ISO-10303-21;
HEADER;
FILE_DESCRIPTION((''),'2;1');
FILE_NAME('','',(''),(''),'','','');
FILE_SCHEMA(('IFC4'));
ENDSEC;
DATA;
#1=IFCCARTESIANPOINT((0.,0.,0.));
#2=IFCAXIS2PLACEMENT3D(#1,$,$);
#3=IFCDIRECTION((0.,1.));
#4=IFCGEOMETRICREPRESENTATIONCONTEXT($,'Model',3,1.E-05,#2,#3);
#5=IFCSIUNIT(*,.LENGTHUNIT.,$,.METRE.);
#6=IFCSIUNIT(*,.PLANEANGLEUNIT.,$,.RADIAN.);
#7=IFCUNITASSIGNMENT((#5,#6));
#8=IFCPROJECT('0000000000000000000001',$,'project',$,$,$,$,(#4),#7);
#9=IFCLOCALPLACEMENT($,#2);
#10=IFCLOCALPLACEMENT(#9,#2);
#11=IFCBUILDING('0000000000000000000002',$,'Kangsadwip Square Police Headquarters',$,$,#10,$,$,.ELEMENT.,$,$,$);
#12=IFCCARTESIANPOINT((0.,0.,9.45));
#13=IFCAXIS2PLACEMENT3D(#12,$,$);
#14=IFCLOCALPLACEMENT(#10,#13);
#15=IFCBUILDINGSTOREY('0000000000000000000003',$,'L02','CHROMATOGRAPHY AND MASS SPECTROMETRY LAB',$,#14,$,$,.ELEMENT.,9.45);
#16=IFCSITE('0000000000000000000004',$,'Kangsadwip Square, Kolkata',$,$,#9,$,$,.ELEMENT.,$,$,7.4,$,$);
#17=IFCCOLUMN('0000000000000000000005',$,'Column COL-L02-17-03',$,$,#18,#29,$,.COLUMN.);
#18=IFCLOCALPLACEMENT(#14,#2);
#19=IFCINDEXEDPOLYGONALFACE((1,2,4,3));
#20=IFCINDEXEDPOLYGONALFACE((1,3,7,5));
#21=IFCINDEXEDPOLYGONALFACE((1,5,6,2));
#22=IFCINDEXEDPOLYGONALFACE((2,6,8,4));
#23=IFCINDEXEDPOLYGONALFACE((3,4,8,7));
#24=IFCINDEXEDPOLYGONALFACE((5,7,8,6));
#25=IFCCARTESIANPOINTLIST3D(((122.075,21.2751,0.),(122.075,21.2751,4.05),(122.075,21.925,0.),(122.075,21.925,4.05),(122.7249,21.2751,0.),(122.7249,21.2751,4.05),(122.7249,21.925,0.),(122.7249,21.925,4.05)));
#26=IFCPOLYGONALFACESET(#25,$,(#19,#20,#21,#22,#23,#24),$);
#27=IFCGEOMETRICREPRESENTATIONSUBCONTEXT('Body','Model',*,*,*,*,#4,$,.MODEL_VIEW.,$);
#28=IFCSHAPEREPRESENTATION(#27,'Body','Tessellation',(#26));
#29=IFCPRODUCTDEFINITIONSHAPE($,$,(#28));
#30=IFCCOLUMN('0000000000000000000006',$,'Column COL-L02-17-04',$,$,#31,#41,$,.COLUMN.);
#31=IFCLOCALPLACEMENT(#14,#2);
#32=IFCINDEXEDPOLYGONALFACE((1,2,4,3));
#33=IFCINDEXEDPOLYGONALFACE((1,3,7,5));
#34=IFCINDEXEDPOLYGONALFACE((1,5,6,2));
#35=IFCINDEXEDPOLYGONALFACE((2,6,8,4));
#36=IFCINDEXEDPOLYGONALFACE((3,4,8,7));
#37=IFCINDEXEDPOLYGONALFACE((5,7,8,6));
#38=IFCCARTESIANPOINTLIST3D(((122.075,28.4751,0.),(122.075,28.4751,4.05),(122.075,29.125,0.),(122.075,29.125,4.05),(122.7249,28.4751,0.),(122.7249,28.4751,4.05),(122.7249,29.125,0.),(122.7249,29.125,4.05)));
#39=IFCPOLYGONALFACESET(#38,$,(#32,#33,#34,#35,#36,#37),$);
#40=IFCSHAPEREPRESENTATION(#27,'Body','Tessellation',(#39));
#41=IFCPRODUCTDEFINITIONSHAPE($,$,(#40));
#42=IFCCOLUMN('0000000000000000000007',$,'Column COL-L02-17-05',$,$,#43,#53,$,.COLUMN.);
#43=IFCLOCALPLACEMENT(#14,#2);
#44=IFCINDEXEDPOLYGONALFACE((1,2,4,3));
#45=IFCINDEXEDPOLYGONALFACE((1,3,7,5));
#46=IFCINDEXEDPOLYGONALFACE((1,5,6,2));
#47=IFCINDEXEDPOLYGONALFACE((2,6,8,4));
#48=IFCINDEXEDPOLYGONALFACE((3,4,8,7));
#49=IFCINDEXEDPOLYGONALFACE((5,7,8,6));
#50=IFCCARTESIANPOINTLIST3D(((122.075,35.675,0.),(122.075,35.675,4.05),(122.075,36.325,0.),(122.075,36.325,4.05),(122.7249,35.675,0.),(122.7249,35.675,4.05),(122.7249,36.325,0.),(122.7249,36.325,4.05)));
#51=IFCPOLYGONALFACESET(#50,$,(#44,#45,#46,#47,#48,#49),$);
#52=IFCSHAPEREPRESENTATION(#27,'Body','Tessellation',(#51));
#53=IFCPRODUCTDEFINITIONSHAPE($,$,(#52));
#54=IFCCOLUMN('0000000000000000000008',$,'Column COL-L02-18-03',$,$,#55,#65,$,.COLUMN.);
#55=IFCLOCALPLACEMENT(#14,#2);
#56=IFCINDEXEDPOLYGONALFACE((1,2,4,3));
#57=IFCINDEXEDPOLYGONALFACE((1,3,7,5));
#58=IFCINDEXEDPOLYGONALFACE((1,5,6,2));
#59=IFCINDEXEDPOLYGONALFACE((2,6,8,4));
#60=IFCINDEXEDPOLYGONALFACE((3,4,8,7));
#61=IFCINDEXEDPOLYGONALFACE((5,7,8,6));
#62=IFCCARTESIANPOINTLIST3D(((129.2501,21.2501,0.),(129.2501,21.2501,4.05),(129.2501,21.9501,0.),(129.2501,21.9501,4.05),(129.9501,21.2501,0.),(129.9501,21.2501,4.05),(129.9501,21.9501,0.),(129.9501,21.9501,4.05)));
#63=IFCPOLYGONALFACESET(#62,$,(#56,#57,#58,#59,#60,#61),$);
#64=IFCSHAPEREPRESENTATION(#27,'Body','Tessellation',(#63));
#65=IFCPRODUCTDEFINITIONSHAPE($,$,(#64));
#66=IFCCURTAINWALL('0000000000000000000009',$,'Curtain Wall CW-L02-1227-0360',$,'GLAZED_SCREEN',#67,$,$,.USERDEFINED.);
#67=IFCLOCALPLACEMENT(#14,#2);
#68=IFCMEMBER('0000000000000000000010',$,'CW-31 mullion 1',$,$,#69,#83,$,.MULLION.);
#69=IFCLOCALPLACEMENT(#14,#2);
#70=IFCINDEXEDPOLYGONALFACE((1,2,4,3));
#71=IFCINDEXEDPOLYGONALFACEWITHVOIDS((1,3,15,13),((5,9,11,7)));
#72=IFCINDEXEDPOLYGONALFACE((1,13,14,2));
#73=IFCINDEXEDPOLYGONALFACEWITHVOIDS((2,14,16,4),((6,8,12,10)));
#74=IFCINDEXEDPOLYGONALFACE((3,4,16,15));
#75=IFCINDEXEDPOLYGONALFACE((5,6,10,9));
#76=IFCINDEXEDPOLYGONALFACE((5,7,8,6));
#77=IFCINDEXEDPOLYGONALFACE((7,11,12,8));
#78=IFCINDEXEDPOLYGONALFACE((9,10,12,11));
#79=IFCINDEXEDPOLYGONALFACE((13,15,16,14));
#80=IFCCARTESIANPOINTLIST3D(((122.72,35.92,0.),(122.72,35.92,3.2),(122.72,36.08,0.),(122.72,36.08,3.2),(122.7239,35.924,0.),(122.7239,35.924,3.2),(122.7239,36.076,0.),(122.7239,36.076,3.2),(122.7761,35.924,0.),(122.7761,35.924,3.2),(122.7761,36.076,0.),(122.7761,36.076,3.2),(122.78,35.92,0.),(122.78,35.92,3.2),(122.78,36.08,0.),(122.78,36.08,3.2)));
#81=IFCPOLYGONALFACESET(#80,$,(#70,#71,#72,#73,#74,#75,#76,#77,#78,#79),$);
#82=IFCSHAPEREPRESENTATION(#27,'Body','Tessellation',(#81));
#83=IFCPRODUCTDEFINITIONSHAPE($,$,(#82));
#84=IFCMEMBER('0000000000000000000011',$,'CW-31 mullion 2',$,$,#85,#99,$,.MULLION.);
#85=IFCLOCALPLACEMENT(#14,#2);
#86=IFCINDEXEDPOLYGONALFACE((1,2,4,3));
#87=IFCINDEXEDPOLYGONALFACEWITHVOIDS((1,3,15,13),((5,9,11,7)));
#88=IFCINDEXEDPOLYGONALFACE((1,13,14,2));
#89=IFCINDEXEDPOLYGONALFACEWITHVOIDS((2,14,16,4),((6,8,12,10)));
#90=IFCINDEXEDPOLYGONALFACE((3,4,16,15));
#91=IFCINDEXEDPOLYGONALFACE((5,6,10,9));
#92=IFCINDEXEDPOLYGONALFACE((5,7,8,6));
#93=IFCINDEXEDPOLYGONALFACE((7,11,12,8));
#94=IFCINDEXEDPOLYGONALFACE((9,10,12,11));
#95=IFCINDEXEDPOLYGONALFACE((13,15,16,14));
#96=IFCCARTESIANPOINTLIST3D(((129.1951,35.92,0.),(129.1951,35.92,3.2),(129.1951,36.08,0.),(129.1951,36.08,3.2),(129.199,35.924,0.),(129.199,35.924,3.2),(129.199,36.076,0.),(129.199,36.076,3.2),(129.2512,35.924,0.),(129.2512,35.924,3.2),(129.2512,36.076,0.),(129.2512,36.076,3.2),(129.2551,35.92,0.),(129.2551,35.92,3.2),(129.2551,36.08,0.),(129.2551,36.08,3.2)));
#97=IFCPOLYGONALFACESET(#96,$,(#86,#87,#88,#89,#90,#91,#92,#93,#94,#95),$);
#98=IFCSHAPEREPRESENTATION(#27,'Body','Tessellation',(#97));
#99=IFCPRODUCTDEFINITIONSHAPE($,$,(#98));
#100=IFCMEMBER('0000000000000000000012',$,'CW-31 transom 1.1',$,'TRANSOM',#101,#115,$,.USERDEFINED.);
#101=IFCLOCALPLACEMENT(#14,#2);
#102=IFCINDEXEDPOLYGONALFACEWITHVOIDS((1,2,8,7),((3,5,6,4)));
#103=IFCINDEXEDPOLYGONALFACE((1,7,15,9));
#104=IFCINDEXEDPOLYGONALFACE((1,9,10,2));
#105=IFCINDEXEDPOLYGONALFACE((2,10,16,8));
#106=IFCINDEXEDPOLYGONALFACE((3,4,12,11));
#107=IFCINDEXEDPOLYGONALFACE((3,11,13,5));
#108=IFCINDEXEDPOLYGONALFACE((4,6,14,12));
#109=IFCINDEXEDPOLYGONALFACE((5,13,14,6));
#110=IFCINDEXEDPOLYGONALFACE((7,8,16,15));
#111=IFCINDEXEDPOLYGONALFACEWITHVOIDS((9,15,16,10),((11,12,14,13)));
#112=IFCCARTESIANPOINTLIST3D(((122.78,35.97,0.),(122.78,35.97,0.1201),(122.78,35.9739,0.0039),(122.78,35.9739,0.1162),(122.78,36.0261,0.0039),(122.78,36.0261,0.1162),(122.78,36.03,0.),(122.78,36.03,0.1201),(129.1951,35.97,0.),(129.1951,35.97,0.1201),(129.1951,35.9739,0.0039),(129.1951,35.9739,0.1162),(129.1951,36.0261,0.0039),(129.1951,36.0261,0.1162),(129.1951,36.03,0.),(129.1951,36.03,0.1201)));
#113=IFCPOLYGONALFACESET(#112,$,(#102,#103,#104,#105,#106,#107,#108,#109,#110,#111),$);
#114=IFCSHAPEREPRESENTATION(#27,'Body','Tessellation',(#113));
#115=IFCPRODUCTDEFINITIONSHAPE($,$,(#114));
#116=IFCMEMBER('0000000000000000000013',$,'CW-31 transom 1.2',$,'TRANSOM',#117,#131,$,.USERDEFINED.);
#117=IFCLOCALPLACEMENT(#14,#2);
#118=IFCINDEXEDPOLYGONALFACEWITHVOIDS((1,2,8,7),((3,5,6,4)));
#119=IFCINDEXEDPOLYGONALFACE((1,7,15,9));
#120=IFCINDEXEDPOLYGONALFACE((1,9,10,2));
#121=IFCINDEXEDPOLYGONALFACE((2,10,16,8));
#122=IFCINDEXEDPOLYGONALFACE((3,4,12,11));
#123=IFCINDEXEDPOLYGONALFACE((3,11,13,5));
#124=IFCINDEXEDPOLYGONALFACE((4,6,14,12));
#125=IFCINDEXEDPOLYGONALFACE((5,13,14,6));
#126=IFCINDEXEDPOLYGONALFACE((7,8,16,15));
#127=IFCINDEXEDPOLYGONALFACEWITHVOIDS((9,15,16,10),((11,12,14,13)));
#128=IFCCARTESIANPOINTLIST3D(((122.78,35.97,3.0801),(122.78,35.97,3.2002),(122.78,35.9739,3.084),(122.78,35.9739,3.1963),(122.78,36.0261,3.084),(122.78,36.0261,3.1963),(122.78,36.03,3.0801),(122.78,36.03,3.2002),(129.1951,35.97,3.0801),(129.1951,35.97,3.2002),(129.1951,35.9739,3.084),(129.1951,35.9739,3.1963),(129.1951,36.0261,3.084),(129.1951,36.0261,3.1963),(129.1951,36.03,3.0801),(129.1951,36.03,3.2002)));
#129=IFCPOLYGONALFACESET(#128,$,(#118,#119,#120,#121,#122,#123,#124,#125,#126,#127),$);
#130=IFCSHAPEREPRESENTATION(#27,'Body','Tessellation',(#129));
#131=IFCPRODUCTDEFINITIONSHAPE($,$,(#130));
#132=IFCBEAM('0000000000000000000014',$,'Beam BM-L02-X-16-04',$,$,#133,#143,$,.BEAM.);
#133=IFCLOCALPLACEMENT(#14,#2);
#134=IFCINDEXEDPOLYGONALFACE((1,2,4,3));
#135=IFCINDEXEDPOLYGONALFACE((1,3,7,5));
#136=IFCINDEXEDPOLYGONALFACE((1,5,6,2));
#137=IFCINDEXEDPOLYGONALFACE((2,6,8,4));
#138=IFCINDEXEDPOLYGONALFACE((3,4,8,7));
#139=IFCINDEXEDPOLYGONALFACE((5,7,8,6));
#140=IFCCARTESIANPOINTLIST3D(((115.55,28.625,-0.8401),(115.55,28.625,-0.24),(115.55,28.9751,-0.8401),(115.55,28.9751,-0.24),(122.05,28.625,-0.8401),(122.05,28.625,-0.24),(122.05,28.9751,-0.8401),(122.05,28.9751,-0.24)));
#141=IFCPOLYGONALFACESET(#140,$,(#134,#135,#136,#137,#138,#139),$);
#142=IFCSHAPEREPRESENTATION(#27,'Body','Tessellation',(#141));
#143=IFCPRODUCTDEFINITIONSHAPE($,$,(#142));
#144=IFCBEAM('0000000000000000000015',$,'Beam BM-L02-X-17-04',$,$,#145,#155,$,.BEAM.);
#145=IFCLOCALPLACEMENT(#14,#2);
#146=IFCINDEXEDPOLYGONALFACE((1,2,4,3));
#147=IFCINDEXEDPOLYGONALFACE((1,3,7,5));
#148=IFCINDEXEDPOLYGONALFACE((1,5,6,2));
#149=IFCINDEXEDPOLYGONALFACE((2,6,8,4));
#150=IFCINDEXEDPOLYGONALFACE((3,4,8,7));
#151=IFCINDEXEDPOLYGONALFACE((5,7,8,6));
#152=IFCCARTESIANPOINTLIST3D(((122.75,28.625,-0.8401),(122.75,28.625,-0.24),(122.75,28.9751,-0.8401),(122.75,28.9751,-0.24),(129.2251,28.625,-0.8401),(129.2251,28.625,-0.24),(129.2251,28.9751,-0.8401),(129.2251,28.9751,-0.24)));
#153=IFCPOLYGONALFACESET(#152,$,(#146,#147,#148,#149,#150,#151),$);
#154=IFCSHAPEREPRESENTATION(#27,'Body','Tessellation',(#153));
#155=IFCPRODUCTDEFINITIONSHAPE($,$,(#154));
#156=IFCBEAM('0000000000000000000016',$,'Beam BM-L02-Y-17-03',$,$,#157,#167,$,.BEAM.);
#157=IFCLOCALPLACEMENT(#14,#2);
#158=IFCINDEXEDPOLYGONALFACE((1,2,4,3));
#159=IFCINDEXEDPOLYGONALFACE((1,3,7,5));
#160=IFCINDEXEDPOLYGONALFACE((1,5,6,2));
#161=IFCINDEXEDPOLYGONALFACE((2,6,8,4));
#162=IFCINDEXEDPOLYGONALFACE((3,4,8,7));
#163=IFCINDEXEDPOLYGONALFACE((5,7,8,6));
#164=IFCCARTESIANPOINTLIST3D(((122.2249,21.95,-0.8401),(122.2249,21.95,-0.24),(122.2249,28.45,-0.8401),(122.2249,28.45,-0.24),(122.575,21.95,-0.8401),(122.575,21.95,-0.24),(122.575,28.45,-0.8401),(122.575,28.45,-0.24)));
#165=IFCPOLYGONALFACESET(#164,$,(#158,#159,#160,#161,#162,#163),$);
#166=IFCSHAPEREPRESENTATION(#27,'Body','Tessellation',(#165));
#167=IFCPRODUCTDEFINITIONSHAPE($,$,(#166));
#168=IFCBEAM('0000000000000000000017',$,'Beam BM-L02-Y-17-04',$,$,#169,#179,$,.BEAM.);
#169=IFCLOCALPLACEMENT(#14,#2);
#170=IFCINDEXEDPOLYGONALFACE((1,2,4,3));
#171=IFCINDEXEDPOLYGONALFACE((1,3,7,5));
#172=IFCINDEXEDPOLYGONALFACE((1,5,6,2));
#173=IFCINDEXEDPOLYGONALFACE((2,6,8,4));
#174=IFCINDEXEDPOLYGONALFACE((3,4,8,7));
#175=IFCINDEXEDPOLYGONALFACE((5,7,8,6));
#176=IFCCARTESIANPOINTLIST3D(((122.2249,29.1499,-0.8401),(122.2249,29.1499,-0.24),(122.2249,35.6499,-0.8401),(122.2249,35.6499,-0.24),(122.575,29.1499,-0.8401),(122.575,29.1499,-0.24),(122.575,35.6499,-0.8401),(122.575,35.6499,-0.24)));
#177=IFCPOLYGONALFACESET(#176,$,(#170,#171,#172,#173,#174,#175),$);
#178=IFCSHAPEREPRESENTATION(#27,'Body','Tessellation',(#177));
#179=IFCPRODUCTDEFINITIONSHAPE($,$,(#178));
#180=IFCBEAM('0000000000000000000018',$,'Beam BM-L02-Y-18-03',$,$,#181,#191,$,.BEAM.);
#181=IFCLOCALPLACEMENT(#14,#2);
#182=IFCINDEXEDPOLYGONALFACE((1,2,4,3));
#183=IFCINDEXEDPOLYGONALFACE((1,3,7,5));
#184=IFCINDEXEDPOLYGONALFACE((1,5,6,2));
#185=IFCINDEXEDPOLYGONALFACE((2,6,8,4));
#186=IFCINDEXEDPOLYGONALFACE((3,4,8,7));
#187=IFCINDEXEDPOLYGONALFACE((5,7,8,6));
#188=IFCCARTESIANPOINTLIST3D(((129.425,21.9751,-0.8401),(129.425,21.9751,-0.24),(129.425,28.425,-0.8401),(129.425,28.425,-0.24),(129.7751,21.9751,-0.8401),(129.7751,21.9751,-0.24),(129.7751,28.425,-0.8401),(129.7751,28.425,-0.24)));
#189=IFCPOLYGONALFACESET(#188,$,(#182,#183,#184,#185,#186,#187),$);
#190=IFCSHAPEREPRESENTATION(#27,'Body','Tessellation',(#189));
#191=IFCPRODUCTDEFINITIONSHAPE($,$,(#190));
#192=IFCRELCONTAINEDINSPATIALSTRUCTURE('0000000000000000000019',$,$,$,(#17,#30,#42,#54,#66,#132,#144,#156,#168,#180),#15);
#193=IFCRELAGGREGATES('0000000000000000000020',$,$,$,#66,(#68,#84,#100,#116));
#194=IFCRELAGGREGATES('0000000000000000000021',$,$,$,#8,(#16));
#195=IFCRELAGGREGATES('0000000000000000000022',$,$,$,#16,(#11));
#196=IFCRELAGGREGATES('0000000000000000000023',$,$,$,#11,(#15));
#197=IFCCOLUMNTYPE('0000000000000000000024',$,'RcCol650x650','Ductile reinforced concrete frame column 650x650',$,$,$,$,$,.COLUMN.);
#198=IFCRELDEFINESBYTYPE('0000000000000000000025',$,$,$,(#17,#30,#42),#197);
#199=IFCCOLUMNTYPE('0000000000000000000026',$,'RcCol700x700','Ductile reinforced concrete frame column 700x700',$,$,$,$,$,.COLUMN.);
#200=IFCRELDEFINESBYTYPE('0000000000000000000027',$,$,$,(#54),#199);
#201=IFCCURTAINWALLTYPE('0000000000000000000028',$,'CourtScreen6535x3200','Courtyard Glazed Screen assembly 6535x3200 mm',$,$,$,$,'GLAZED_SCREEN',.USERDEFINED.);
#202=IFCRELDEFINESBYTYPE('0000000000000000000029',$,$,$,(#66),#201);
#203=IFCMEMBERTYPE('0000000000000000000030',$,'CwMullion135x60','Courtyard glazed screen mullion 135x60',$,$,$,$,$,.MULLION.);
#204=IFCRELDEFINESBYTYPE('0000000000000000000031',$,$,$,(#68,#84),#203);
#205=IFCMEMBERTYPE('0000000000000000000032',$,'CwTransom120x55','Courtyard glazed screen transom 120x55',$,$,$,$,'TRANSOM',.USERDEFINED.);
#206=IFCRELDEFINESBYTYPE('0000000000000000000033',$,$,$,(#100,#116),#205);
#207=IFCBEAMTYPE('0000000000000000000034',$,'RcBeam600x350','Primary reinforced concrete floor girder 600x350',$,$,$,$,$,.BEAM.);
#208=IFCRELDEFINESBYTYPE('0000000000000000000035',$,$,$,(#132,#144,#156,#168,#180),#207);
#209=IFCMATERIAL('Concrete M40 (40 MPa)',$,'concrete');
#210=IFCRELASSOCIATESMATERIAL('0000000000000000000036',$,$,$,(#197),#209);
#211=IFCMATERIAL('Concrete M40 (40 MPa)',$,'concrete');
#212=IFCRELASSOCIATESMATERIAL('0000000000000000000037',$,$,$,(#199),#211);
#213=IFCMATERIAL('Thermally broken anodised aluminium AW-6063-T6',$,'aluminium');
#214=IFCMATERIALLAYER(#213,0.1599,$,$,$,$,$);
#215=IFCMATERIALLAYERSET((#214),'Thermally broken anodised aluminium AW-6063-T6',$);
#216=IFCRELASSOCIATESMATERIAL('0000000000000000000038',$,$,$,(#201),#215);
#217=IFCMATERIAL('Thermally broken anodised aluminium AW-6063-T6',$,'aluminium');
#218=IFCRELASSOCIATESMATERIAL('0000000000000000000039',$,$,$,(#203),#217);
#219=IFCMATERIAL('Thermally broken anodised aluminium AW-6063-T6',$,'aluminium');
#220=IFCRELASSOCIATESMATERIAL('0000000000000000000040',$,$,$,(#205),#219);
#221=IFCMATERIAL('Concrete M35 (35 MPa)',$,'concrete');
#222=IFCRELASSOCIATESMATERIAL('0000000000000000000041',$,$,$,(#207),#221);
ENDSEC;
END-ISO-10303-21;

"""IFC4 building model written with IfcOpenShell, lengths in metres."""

from ifc_helpers import new_model, si_unit, direction, frame, origin, origin_2d, place, context, subcontext, project, spatial, rectangle, hollow_rectangle, extrude, material, layer, layer_set, material_profile, profile_set, type_object, element, aggregate, save


model = new_model("IFC4")

# Units and contexts
model_context = context("Model", 3, precision=1e-05, world=origin(), true_north=direction((0.0, 1.0)))
body_context = subcontext(model_context, "Body", "Model", "MODEL_VIEW")
ifc_project = project(units=[si_unit("LENGTHUNIT", "METRE"), si_unit("PLANEANGLEUNIT", "RADIAN")], contexts=[model_context])

# Site, building, storey
site_placement = place(None, origin())
site = spatial("IfcSite", under=ifc_project, at=site_placement, Name="Kangsadwip Square, Kolkata", CompositionType="ELEMENT", RefElevation=7.4)
building_placement = place(site_placement, origin())
building = spatial("IfcBuilding", under=site, at=building_placement, Name="Kangsadwip Square Police Headquarters", CompositionType="ELEMENT")
storey_placement = place(building_placement, frame((0.0, 0.0, 9.45)))
storey = spatial("IfcBuildingStorey", under=building, at=storey_placement, Name="L02", Description="CHROMATOGRAPHY AND MASS SPECTROMETRY LAB", CompositionType="ELEMENT", Elevation=9.45)

# Columns
ifc_material_1 = material(Name="Concrete M40 (40 MPa)", Category="concrete")
ifc_material_profile_1 = material_profile(ifc_material_1, rectangle(XDim=0.6499, YDim=0.6499, at=origin_2d()), Name="RC COL 650X650")
ifc_profile_set_1 = profile_set([ifc_material_profile_1], Name="Concrete M40 (40 MPa)")
column_type_1 = type_object("IfcColumnType", Name="RcCol650x650", Description="Ductile reinforced concrete frame column 650x650", PredefinedType="COLUMN", material=ifc_profile_set_1)
for number, where, z_axis, x_axis, name in (
    (1, (122.3999, 21.6001, 0.0), (0.0, 0.0, 1.0), (1.0, 0.0, 0.0), "Column COL-L02-17-03"),
    (2, (122.3999, 28.8, 0.0), (0.0, 0.0, 1.0), (1.0, 0.0, 0.0), "Column COL-L02-17-04"),
    (3, (122.3999, 36.0, 0.0), (0.0, 0.0, 1.0), (1.0, 0.0, 0.0), "Column COL-L02-17-05"),
):
    element("IfcColumn", number, at=place(storey_placement, frame(where, z_axis=z_axis, x_axis=x_axis)), inside=storey, type_object=column_type_1, Name=name, PredefinedType="COLUMN", context=body_context, shape_type="SweptSolid", body=[
        extrude(rectangle(XDim=0.6499, YDim=0.6499, at=origin_2d()), origin(), (0.0, 0.0, 1.0), 4.05),
    ])
ifc_material_2 = material(Name="Concrete M40 (40 MPa)", Category="concrete")
ifc_material_profile_2 = material_profile(ifc_material_2, rectangle(XDim=0.7, YDim=0.7, at=origin_2d()), Name="RC COL 700X700")
ifc_profile_set_2 = profile_set([ifc_material_profile_2], Name="Concrete M40 (40 MPa)")
column_type_2 = type_object("IfcColumnType", Name="RcCol700x700", Description="Ductile reinforced concrete frame column 700x700", PredefinedType="COLUMN", material=ifc_profile_set_2)
column_placement = place(storey_placement, frame((129.6001, 21.6001, 0.0), z_axis=(0.0, 0.0, 1.0), x_axis=(1.0, 0.0, 0.0)))
element("IfcColumn", 4, at=column_placement, inside=storey, type_object=column_type_2, Name="Column COL-L02-18-03", PredefinedType="COLUMN", context=body_context, shape_type="SweptSolid", body=[
    extrude(rectangle(XDim=0.7, YDim=0.7, at=origin_2d()), origin(), (0.0, 0.0, 1.0), 4.05),
])

# Curtain wall, members
ifc_material_3 = material(Name="Thermally broken anodised aluminium AW-6063-T6", Category="aluminium")
ifc_layer_1 = layer(ifc_material_3, 0.1599)
ifc_layer_set_1 = layer_set([ifc_layer_1], Name="Thermally broken anodised aluminium AW-6063-T6")
curtain_wall_type = type_object("IfcCurtainWallType", Name="CourtScreen6535x3200", Description="Courtyard Glazed Screen assembly 6535x3200 mm", ElementType="GLAZED_SCREEN", PredefinedType="USERDEFINED", material=ifc_layer_set_1)
curtain_wall_placement = place(storey_placement, origin())
curtain_wall = element("IfcCurtainWall", 5, at=curtain_wall_placement, inside=storey, type_object=curtain_wall_type, Name="Curtain Wall CW-L02-1227-0360", ObjectType="GLAZED_SCREEN", PredefinedType="USERDEFINED")
ifc_material_4 = material(Name="Thermally broken anodised aluminium AW-6063-T6", Category="aluminium")
ifc_material_profile_3 = material_profile(ifc_material_4, hollow_rectangle(XDim=0.0601, YDim=0.1599, WallThickness=0.0039, at=origin_2d()), Name="CWM 160X60X4")
ifc_profile_set_3 = profile_set([ifc_material_profile_3], Name="Thermally broken anodised aluminium AW-6063-T6")
member_type_1 = type_object("IfcMemberType", Name="CwMullion135x60", Description="Courtyard glazed screen mullion 135x60", PredefinedType="MULLION", material=ifc_profile_set_3)
member_1_placement = place(storey_placement, frame((122.75, 36.0, 0.0), z_axis=(0.0, 0.0, 1.0), x_axis=(1.0, 0.0, 0.0)))
member_1 = element("IfcMember", 6, at=member_1_placement, type_object=member_type_1, Name="CW-31 mullion 1", PredefinedType="MULLION", context=body_context, shape_type="SweptSolid", body=[
    extrude(hollow_rectangle(XDim=0.0601, YDim=0.1599, WallThickness=0.0039, at=origin_2d()), origin(), (0.0, 0.0, 1.0), 3.2),
])
member_2_placement = place(storey_placement, frame((129.2251, 36.0, 0.0), z_axis=(0.0, 0.0, 1.0), x_axis=(1.0, 0.0, 0.0)))
member_2 = element("IfcMember", 7, at=member_2_placement, type_object=member_type_1, Name="CW-31 mullion 2", PredefinedType="MULLION", context=body_context, shape_type="SweptSolid", body=[
    extrude(hollow_rectangle(XDim=0.0601, YDim=0.1599, WallThickness=0.0039, at=origin_2d()), origin(), (0.0, 0.0, 1.0), 3.2),
])
ifc_material_5 = material(Name="Thermally broken anodised aluminium AW-6063-T6", Category="aluminium")
ifc_material_profile_4 = material_profile(ifc_material_5, hollow_rectangle(XDim=0.0601, YDim=0.1201, WallThickness=0.0039, at=origin_2d()), Name="CWT 120X60X4")
ifc_profile_set_4 = profile_set([ifc_material_profile_4], Name="Thermally broken anodised aluminium AW-6063-T6")
member_type_2 = type_object("IfcMemberType", Name="CwTransom120x55", Description="Courtyard glazed screen transom 120x55", ElementType="TRANSOM", PredefinedType="USERDEFINED", material=ifc_profile_set_4)
member_3_placement = place(storey_placement, frame((122.78, 36.0, 0.0601), z_axis=(1.0, 0.0, 0.0), x_axis=(0.0, 1.0, 0.0)))
member_3 = element("IfcMember", 8, at=member_3_placement, type_object=member_type_2, Name="CW-31 transom 1.1", ObjectType="TRANSOM", PredefinedType="USERDEFINED", context=body_context, shape_type="SweptSolid", body=[
    extrude(hollow_rectangle(XDim=0.0601, YDim=0.1201, WallThickness=0.0039, at=origin_2d()), origin(), (0.0, 0.0, 1.0), 6.415),
])
member_4_placement = place(storey_placement, frame((122.78, 36.0, 3.1401), z_axis=(1.0, 0.0, 0.0), x_axis=(0.0, 1.0, 0.0)))
member_4 = element("IfcMember", 9, at=member_4_placement, type_object=member_type_2, Name="CW-31 transom 1.2", ObjectType="TRANSOM", PredefinedType="USERDEFINED", context=body_context, shape_type="SweptSolid", body=[
    extrude(hollow_rectangle(XDim=0.0601, YDim=0.1201, WallThickness=0.0039, at=origin_2d()), origin(), (0.0, 0.0, 1.0), 6.415),
])

# Beams
ifc_material_6 = material(Name="Concrete M35 (35 MPa)", Category="concrete")
ifc_material_profile_5 = material_profile(ifc_material_6, rectangle(XDim=0.3501, YDim=0.6001, at=origin_2d()), Name="RC BM 600X350")
ifc_profile_set_5 = profile_set([ifc_material_profile_5], Name="Concrete M35 (35 MPa)")
beam_type_1 = type_object("IfcBeamType", Name="RcBeam600x350", Description="Primary reinforced concrete floor girder 600x350", PredefinedType="BEAM", material=ifc_profile_set_5)
beam_1_placement = place(storey_placement, frame((115.55, 28.8, -0.54), z_axis=(1.0, 0.0, 0.0), x_axis=(0.0, 1.0, 0.0)))
element("IfcBeam", 10, at=beam_1_placement, inside=storey, type_object=beam_type_1, Name="Beam BM-L02-X-16-04", PredefinedType="BEAM", context=body_context, shape_type="SweptSolid", body=[
    extrude(rectangle(XDim=0.3501, YDim=0.6001, at=origin_2d()), origin(), (0.0, 0.0, 1.0), 6.5),
])
beam_2_placement = place(storey_placement, frame((122.75, 28.8, -0.54), z_axis=(1.0, 0.0, 0.0), x_axis=(0.0, 1.0, 0.0)))
element("IfcBeam", 11, at=beam_2_placement, inside=storey, type_object=beam_type_1, Name="Beam BM-L02-X-17-04", PredefinedType="BEAM", context=body_context, shape_type="SweptSolid", body=[
    extrude(rectangle(XDim=0.3501, YDim=0.6001, at=origin_2d()), origin(), (0.0, 0.0, 1.0), 6.4751),
])
for number, where, z_axis, x_axis, name in (
    (12, (122.3999, 21.95, -0.54), (0.0, 1.0, 0.0), (-1.0, 0.0, 0.0), "Beam BM-L02-Y-17-03"),
    (13, (122.3999, 29.1499, -0.54), (0.0, 1.0, 0.0), (-1.0, 0.0, 0.0), "Beam BM-L02-Y-17-04"),
):
    element("IfcBeam", number, at=place(storey_placement, frame(where, z_axis=z_axis, x_axis=x_axis)), inside=storey, type_object=beam_type_1, Name=name, PredefinedType="BEAM", context=body_context, shape_type="SweptSolid", body=[
        extrude(rectangle(XDim=0.3501, YDim=0.6001, at=origin_2d()), origin(), (0.0, 0.0, 1.0), 6.5),
    ])
beam_3_placement = place(storey_placement, frame((129.6001, 21.9751, -0.54), z_axis=(0.0, 1.0, 0.0), x_axis=(-1.0, 0.0, 0.0)))
element("IfcBeam", 14, at=beam_3_placement, inside=storey, type_object=beam_type_1, Name="Beam BM-L02-Y-18-03", PredefinedType="BEAM", context=body_context, shape_type="SweptSolid", body=[
    extrude(rectangle(XDim=0.3501, YDim=0.6001, at=origin_2d()), origin(), (0.0, 0.0, 1.0), 6.45),
])

aggregate(curtain_wall, [member_1, member_2, member_3, member_4])

save(model, "model.ifc")
